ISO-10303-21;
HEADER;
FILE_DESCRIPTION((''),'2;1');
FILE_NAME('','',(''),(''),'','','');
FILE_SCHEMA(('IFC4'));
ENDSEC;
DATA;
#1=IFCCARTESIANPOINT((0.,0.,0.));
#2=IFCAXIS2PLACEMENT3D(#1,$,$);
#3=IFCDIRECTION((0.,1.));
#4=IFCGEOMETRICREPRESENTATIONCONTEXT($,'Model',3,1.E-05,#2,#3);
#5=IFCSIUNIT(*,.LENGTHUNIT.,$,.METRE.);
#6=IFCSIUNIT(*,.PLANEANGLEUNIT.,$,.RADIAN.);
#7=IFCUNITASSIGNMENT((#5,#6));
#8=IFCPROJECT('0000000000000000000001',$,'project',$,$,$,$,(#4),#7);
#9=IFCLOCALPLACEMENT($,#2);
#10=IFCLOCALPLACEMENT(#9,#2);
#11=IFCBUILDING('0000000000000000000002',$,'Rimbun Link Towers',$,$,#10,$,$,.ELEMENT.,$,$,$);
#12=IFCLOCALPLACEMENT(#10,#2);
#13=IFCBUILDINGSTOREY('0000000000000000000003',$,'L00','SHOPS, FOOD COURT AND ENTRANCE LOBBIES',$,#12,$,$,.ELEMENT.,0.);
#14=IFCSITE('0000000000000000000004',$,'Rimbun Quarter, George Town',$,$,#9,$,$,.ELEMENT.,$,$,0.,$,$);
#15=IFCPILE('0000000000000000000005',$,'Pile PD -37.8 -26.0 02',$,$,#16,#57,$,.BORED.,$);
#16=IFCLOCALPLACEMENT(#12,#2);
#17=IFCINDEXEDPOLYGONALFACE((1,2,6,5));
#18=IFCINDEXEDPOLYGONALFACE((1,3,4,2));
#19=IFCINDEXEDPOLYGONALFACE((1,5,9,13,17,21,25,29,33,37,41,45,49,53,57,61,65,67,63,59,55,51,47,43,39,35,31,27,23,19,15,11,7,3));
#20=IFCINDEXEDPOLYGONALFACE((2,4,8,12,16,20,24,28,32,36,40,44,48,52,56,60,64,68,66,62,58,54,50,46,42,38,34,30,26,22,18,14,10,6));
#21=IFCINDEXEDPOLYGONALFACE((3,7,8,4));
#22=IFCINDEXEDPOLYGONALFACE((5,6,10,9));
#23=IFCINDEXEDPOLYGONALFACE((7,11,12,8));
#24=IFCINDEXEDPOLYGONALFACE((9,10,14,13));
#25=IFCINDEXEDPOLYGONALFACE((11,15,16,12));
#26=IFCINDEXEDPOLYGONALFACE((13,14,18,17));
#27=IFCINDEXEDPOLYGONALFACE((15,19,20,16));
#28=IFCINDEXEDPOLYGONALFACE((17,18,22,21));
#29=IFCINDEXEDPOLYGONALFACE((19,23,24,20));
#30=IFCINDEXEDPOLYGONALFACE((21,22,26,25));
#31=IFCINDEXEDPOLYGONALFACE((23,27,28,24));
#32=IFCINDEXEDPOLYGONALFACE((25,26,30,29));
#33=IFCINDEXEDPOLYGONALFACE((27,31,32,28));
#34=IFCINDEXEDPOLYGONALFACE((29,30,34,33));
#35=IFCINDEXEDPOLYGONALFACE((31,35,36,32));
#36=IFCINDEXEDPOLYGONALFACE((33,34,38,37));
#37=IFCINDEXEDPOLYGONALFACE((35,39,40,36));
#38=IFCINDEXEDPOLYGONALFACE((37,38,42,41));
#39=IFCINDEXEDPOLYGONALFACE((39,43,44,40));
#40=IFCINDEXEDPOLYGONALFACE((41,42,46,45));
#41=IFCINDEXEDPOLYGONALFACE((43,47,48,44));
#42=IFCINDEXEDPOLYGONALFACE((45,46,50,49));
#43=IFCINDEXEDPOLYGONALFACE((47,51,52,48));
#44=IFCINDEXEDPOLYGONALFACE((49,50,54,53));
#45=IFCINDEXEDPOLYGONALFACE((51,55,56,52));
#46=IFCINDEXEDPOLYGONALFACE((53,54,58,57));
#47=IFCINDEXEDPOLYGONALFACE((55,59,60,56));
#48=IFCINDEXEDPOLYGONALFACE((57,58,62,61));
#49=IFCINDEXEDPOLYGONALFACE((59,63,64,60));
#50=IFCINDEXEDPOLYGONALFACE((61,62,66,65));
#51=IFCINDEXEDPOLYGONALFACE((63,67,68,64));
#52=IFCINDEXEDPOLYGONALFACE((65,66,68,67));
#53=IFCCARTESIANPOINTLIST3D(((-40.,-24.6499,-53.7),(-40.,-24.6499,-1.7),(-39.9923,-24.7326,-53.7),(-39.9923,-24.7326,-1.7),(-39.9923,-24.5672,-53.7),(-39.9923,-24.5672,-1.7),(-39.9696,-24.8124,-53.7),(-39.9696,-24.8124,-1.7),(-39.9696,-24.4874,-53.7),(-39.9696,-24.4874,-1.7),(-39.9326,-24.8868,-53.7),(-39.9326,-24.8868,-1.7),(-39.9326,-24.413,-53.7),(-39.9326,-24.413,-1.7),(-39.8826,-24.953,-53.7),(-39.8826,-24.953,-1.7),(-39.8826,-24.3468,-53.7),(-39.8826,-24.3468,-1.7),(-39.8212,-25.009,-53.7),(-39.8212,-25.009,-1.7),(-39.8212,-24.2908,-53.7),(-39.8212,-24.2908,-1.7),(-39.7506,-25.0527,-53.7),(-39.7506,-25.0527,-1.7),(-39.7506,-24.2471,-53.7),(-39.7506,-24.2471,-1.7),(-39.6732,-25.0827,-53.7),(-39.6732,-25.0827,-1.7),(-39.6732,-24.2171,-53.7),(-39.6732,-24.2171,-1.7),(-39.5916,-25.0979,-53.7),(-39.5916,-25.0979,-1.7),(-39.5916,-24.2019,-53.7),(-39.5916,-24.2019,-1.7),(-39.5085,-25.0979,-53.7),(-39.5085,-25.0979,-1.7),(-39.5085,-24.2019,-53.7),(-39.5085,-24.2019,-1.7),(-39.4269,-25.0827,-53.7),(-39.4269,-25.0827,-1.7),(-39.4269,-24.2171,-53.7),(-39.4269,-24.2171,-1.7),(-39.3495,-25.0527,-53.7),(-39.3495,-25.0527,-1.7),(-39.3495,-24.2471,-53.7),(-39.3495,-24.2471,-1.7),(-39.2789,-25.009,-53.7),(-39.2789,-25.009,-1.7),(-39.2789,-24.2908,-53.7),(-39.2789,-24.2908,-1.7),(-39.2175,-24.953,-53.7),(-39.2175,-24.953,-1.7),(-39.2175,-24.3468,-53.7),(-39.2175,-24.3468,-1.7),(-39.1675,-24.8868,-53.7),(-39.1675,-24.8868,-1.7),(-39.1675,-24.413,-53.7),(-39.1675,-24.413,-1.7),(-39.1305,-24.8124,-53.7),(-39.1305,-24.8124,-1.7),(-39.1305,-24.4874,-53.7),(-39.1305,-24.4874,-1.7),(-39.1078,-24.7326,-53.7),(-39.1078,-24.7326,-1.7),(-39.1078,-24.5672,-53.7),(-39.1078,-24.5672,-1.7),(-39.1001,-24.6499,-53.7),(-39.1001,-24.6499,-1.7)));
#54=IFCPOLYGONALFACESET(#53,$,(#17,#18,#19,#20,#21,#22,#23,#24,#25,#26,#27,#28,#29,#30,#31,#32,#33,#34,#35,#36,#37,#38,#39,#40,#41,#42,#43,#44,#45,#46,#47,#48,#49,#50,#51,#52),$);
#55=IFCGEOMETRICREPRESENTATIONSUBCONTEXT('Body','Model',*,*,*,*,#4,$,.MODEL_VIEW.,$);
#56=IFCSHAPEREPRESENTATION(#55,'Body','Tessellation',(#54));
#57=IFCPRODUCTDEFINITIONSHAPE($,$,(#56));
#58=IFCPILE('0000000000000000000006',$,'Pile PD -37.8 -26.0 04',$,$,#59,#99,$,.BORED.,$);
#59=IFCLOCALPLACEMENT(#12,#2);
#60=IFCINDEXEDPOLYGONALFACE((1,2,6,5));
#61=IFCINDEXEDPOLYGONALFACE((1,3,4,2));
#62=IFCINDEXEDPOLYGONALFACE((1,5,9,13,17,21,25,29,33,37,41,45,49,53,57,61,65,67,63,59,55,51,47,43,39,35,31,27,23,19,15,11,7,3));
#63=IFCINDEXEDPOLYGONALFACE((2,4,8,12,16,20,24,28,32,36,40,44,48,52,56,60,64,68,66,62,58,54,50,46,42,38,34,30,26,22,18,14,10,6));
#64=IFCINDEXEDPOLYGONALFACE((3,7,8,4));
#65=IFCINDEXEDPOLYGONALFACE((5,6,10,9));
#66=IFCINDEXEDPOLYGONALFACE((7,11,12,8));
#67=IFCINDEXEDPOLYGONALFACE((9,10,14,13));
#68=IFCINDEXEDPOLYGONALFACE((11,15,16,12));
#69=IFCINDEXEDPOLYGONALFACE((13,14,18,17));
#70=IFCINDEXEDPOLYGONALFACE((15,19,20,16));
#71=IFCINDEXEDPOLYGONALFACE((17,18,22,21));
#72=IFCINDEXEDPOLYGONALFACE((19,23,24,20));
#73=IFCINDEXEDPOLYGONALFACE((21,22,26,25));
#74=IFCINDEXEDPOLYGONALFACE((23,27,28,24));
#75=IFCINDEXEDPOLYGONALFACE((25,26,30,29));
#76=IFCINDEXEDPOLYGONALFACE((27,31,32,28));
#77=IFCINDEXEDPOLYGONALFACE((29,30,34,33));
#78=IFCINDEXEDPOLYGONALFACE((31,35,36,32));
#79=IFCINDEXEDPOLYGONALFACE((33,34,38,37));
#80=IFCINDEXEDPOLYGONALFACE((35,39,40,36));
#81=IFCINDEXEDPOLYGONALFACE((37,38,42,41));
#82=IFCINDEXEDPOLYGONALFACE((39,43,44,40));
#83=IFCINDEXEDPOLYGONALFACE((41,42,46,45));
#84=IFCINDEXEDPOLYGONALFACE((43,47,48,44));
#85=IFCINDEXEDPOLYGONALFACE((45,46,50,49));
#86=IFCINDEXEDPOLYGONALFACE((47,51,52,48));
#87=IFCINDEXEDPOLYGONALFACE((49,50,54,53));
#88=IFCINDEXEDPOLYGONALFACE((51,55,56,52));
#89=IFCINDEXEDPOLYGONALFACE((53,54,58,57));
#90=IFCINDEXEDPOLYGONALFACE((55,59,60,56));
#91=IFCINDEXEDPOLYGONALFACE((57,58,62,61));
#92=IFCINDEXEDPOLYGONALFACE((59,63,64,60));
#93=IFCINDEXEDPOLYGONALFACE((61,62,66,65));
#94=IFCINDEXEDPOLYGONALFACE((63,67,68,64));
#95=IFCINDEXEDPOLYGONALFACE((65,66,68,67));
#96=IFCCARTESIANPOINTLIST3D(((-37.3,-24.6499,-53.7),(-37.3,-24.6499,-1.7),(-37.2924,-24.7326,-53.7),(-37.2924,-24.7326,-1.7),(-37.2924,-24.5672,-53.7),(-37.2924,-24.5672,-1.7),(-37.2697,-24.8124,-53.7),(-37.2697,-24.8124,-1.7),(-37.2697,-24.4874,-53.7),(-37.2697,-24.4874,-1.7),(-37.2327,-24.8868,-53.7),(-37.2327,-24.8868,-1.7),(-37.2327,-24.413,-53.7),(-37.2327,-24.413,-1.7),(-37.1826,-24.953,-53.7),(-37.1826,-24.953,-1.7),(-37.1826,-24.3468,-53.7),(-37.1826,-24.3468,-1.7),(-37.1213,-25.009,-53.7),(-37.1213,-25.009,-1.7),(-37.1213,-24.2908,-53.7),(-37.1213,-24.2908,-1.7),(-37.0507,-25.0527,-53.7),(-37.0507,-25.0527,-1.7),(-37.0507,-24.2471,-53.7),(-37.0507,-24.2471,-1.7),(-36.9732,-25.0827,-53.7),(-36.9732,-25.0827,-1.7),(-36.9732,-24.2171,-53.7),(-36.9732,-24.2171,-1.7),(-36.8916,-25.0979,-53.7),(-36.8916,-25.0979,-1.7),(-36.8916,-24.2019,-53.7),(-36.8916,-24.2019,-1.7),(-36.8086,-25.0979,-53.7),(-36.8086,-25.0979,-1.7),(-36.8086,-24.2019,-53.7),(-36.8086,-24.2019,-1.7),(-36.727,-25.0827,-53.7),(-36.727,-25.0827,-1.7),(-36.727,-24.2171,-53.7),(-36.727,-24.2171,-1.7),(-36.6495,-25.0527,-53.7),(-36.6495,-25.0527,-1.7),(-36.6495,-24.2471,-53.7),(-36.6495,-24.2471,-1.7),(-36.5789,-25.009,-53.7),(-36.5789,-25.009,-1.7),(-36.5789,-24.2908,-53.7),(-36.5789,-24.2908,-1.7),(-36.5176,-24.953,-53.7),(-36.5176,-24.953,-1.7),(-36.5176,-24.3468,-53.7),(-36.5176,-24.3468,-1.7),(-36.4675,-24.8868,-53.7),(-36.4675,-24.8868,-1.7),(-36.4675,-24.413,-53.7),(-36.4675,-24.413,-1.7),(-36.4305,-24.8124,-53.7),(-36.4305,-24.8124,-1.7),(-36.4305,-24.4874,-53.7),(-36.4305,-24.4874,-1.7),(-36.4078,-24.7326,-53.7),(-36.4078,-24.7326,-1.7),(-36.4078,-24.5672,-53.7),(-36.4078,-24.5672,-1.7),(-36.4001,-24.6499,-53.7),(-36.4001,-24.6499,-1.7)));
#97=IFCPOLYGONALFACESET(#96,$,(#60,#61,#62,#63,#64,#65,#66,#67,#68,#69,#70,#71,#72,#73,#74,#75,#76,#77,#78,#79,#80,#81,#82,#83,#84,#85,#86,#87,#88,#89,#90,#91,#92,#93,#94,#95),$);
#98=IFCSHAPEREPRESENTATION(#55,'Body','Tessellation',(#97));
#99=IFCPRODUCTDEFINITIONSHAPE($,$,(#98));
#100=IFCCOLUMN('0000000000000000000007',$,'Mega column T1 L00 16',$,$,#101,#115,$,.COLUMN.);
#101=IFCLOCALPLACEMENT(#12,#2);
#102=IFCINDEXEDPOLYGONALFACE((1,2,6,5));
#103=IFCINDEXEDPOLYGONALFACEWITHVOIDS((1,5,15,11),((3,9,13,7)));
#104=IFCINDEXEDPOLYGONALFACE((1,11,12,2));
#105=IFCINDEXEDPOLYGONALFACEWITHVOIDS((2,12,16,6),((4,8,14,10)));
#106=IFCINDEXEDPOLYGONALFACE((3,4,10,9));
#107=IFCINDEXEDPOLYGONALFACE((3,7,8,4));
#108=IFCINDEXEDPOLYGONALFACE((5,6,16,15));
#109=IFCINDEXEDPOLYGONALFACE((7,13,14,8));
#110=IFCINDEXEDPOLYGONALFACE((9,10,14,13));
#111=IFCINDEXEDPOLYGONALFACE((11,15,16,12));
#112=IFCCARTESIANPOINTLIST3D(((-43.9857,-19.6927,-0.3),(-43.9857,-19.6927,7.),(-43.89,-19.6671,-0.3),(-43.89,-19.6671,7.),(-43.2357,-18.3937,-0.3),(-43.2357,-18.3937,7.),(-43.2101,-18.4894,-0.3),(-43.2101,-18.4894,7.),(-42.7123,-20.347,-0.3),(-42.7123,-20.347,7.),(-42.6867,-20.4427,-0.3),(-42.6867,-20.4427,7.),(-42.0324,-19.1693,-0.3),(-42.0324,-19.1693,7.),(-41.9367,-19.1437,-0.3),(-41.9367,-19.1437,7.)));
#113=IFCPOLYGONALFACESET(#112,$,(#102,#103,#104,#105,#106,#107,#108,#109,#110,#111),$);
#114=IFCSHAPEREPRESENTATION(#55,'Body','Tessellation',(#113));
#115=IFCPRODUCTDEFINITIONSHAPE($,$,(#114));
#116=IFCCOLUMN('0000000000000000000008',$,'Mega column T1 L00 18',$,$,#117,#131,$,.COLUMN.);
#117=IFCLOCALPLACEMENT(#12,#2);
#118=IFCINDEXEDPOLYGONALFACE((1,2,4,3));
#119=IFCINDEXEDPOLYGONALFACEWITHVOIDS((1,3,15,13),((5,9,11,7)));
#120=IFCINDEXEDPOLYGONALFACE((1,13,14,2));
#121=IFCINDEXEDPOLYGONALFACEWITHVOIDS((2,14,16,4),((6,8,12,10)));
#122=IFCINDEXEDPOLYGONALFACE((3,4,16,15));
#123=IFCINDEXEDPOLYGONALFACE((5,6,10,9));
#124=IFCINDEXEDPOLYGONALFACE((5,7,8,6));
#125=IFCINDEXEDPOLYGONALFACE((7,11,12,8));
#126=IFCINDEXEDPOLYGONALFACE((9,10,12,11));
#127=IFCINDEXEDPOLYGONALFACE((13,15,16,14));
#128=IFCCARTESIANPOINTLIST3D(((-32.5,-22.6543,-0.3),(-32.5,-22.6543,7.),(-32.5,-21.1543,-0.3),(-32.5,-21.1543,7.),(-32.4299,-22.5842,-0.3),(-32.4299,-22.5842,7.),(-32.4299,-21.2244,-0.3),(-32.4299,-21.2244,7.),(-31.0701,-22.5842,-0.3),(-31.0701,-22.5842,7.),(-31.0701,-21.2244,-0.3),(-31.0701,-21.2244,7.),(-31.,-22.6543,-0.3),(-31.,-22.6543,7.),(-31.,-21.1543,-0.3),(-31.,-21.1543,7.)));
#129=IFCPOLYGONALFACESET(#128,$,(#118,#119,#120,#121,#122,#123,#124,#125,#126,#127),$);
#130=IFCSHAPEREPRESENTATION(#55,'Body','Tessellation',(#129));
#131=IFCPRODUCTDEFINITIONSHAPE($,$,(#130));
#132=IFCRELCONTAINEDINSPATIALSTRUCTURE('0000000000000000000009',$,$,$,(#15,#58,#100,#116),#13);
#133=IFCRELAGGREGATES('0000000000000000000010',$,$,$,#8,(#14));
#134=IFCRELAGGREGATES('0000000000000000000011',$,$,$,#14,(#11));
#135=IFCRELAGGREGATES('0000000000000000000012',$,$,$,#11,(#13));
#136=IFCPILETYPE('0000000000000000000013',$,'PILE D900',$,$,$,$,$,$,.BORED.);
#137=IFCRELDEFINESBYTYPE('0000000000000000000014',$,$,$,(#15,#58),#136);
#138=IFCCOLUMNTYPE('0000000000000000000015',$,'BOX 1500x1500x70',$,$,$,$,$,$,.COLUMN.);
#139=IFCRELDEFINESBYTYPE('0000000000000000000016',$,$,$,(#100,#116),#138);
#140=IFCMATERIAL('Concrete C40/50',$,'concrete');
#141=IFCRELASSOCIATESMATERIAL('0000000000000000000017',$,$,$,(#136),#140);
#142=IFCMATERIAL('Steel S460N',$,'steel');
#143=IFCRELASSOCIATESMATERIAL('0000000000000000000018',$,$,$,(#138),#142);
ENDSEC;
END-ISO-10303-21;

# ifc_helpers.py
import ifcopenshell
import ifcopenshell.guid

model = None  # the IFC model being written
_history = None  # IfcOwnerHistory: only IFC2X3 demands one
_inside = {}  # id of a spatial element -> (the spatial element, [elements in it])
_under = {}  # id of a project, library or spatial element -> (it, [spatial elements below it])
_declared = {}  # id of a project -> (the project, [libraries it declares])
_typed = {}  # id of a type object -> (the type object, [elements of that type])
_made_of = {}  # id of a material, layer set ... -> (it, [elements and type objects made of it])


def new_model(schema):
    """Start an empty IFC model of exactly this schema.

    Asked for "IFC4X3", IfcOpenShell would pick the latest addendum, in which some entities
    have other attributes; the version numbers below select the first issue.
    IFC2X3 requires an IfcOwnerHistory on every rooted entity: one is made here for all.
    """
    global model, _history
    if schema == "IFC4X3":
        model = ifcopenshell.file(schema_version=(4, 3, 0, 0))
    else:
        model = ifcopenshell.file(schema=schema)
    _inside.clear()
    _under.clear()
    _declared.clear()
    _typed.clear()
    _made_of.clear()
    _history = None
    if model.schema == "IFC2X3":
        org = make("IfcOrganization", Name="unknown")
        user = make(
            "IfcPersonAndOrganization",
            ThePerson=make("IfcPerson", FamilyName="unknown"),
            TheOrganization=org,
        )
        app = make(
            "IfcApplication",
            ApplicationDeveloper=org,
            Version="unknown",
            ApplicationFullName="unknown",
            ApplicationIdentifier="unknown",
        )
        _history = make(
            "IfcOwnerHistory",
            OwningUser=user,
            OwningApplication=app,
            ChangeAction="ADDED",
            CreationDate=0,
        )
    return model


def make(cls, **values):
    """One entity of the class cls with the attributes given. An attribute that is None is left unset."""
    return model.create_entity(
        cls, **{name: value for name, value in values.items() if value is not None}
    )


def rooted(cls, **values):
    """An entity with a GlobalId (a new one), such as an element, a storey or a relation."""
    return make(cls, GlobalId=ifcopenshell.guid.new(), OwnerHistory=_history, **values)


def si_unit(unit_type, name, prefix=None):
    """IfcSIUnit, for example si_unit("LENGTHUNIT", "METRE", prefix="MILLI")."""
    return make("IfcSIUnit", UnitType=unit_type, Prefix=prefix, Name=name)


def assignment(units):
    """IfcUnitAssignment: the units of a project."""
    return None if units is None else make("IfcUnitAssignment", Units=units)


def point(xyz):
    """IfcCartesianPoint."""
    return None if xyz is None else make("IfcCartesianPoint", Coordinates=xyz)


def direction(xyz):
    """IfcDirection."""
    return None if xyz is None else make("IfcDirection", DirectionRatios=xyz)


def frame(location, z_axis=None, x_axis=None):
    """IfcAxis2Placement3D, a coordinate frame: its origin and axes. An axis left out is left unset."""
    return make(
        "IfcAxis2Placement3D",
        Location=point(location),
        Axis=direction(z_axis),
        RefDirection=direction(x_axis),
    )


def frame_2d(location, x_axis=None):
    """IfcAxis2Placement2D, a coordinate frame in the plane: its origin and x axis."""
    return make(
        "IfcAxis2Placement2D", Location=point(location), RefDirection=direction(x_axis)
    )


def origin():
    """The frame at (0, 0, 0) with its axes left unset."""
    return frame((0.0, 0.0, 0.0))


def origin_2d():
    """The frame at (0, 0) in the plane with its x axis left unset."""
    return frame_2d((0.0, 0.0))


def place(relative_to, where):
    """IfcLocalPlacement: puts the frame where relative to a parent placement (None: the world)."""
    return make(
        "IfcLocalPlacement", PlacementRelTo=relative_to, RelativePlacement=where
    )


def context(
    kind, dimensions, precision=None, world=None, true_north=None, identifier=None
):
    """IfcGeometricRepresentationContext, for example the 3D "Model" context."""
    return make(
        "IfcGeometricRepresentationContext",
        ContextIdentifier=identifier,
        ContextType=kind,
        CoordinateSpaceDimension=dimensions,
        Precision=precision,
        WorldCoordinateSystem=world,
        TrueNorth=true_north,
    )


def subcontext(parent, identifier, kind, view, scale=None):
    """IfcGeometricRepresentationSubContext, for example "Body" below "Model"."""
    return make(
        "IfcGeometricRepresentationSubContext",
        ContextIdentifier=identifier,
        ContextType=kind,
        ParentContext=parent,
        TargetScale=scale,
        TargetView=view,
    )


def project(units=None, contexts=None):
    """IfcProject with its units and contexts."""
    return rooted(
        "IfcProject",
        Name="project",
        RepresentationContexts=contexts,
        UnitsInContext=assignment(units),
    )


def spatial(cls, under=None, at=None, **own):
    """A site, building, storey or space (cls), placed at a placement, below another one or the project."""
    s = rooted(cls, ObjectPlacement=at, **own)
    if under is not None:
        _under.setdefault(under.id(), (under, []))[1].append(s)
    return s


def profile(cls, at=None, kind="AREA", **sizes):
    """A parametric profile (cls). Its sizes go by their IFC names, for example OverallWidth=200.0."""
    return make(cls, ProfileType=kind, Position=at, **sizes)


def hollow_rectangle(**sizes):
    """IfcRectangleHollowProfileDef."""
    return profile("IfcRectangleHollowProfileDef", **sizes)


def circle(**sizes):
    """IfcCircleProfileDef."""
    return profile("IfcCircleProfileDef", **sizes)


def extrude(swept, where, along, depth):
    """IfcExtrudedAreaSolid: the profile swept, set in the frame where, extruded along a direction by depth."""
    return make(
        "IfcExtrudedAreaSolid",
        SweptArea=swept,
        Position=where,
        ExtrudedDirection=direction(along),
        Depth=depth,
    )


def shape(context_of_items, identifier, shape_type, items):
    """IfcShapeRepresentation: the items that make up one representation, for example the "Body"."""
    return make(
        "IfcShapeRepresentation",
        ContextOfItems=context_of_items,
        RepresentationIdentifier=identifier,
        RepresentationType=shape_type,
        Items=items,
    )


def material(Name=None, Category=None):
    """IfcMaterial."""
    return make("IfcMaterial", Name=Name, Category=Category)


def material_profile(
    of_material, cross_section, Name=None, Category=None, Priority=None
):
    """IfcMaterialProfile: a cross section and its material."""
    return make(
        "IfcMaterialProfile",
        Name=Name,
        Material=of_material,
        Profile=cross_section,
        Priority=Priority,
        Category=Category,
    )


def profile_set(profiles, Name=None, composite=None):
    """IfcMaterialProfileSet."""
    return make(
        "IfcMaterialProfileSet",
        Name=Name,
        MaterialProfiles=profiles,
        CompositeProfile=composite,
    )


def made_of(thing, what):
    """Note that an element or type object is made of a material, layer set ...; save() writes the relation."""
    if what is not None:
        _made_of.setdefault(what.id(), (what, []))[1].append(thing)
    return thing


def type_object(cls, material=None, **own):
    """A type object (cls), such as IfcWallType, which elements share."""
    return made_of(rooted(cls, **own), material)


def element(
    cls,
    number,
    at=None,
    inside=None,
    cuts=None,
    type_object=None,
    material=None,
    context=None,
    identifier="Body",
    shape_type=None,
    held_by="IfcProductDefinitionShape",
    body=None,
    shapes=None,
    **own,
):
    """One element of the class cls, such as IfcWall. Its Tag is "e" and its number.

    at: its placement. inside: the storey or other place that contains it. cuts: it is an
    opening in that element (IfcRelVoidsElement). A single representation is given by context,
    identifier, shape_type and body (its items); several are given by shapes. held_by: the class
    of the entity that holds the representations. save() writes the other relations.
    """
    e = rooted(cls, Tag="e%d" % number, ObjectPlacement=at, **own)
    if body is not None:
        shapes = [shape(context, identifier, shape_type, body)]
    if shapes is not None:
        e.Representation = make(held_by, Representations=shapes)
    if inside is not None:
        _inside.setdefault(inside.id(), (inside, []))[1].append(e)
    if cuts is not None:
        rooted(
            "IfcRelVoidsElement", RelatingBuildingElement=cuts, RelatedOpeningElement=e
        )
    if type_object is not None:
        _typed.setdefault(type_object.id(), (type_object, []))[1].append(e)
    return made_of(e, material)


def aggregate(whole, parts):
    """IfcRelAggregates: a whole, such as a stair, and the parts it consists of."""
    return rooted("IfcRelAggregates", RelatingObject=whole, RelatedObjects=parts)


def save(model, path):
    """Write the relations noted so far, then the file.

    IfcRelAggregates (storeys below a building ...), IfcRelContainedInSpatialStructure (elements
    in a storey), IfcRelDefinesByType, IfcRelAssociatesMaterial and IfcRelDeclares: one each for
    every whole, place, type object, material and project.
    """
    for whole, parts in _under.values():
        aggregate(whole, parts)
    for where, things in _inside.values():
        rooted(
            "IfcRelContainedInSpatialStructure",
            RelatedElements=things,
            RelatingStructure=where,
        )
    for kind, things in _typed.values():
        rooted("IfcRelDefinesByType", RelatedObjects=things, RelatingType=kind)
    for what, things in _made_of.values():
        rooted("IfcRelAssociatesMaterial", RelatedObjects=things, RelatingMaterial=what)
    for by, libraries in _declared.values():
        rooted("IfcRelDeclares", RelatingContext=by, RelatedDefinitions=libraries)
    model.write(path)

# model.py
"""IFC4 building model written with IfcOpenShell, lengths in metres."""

from ifc_helpers import new_model, si_unit, direction, frame, origin, origin_2d, place, context, subcontext, project, spatial, hollow_rectangle, circle, extrude, material, material_profile, profile_set, type_object, element, save


model = new_model("IFC4")

# Units and contexts
model_context = context("Model", 3, precision=1e-05, world=origin(), true_north=direction((0.0, 1.0)))
body_context = subcontext(model_context, "Body", "Model", "MODEL_VIEW")
ifc_project = project(units=[si_unit("LENGTHUNIT", "METRE"), si_unit("PLANEANGLEUNIT", "RADIAN")], contexts=[model_context])

# Site, building, storey
site_placement = place(None, origin())
site = spatial("IfcSite", under=ifc_project, at=site_placement, Name="Rimbun Quarter, George Town", CompositionType="ELEMENT", RefElevation=0.0)
building_placement = place(site_placement, origin())
building = spatial("IfcBuilding", under=site, at=building_placement, Name="Rimbun Link Towers", CompositionType="ELEMENT")
storey_placement = place(building_placement, origin())
storey = spatial("IfcBuildingStorey", under=building, at=storey_placement, Name="L00", Description="SHOPS, FOOD COURT AND ENTRANCE LOBBIES", CompositionType="ELEMENT", Elevation=0.0)

# Piles
ifc_material_1 = material(Name="Concrete C40/50", Category="concrete")
ifc_material_profile_1 = material_profile(ifc_material_1, circle(Radius=0.45, at=origin_2d()), Name="PILE D900")
ifc_profile_set_1 = profile_set([ifc_material_profile_1], Name="Concrete C40/50")
pile_type_1 = type_object("IfcPileType", Name="PILE D900", PredefinedType="BORED", material=ifc_profile_set_1)
for number, where, z_axis, x_axis, name in (
    (1, (-39.55, -24.6499, -1.7), (0.0, 0.0, -1.0), (1.0, 0.0, 0.0), "Pile PD -37.8 -26.0 02"),
    (2, (-36.8501, -24.6499, -1.7), (0.0, 0.0, -1.0), (1.0, 0.0, 0.0), "Pile PD -37.8 -26.0 04"),
):
    element("IfcPile", number, at=place(storey_placement, frame(where, z_axis=z_axis, x_axis=x_axis)), inside=storey, type_object=pile_type_1, Name=name, PredefinedType="BORED", context=body_context, shape_type="SweptSolid", body=[
        extrude(circle(Radius=0.45, at=origin_2d()), origin(), (0.0, 0.0, 1.0), 52.0),
    ])

# Columns
ifc_material_2 = material(Name="Steel S460N", Category="steel")
ifc_material_profile_2 = material_profile(ifc_material_2, hollow_rectangle(XDim=1.5, YDim=1.5, WallThickness=0.0701, at=origin_2d()), Name="BOX 1500x1500x70")
ifc_profile_set_2 = profile_set([ifc_material_profile_2], Name="Steel S460N")
column_type = type_object("IfcColumnType", Name="BOX 1500x1500x70", PredefinedType="COLUMN", material=ifc_profile_set_2)
for number, where, z_axis, x_axis, name in (
    (3, (-42.9612, -19.4182, -0.3), (0.0, 0.0, 1.0), (-0.5, -0.866025, 0.0), "Mega column T1 L00 16"),
    (4, (-31.75, -21.9043, -0.3), (0.0, 0.0, 1.0), (0.0, -1.0, 0.0), "Mega column T1 L00 18"),
):
    element("IfcColumn", number, at=place(storey_placement, frame(where, z_axis=z_axis, x_axis=x_axis)), inside=storey, type_object=column_type, Name=name, PredefinedType="COLUMN", context=body_context, shape_type="SweptSolid", body=[
        extrude(hollow_rectangle(XDim=1.5, YDim=1.5, WallThickness=0.0701, at=origin_2d()), origin(), (0.0, 0.0, 1.0), 7.3),
    ])

save(model, "model.ifc")
